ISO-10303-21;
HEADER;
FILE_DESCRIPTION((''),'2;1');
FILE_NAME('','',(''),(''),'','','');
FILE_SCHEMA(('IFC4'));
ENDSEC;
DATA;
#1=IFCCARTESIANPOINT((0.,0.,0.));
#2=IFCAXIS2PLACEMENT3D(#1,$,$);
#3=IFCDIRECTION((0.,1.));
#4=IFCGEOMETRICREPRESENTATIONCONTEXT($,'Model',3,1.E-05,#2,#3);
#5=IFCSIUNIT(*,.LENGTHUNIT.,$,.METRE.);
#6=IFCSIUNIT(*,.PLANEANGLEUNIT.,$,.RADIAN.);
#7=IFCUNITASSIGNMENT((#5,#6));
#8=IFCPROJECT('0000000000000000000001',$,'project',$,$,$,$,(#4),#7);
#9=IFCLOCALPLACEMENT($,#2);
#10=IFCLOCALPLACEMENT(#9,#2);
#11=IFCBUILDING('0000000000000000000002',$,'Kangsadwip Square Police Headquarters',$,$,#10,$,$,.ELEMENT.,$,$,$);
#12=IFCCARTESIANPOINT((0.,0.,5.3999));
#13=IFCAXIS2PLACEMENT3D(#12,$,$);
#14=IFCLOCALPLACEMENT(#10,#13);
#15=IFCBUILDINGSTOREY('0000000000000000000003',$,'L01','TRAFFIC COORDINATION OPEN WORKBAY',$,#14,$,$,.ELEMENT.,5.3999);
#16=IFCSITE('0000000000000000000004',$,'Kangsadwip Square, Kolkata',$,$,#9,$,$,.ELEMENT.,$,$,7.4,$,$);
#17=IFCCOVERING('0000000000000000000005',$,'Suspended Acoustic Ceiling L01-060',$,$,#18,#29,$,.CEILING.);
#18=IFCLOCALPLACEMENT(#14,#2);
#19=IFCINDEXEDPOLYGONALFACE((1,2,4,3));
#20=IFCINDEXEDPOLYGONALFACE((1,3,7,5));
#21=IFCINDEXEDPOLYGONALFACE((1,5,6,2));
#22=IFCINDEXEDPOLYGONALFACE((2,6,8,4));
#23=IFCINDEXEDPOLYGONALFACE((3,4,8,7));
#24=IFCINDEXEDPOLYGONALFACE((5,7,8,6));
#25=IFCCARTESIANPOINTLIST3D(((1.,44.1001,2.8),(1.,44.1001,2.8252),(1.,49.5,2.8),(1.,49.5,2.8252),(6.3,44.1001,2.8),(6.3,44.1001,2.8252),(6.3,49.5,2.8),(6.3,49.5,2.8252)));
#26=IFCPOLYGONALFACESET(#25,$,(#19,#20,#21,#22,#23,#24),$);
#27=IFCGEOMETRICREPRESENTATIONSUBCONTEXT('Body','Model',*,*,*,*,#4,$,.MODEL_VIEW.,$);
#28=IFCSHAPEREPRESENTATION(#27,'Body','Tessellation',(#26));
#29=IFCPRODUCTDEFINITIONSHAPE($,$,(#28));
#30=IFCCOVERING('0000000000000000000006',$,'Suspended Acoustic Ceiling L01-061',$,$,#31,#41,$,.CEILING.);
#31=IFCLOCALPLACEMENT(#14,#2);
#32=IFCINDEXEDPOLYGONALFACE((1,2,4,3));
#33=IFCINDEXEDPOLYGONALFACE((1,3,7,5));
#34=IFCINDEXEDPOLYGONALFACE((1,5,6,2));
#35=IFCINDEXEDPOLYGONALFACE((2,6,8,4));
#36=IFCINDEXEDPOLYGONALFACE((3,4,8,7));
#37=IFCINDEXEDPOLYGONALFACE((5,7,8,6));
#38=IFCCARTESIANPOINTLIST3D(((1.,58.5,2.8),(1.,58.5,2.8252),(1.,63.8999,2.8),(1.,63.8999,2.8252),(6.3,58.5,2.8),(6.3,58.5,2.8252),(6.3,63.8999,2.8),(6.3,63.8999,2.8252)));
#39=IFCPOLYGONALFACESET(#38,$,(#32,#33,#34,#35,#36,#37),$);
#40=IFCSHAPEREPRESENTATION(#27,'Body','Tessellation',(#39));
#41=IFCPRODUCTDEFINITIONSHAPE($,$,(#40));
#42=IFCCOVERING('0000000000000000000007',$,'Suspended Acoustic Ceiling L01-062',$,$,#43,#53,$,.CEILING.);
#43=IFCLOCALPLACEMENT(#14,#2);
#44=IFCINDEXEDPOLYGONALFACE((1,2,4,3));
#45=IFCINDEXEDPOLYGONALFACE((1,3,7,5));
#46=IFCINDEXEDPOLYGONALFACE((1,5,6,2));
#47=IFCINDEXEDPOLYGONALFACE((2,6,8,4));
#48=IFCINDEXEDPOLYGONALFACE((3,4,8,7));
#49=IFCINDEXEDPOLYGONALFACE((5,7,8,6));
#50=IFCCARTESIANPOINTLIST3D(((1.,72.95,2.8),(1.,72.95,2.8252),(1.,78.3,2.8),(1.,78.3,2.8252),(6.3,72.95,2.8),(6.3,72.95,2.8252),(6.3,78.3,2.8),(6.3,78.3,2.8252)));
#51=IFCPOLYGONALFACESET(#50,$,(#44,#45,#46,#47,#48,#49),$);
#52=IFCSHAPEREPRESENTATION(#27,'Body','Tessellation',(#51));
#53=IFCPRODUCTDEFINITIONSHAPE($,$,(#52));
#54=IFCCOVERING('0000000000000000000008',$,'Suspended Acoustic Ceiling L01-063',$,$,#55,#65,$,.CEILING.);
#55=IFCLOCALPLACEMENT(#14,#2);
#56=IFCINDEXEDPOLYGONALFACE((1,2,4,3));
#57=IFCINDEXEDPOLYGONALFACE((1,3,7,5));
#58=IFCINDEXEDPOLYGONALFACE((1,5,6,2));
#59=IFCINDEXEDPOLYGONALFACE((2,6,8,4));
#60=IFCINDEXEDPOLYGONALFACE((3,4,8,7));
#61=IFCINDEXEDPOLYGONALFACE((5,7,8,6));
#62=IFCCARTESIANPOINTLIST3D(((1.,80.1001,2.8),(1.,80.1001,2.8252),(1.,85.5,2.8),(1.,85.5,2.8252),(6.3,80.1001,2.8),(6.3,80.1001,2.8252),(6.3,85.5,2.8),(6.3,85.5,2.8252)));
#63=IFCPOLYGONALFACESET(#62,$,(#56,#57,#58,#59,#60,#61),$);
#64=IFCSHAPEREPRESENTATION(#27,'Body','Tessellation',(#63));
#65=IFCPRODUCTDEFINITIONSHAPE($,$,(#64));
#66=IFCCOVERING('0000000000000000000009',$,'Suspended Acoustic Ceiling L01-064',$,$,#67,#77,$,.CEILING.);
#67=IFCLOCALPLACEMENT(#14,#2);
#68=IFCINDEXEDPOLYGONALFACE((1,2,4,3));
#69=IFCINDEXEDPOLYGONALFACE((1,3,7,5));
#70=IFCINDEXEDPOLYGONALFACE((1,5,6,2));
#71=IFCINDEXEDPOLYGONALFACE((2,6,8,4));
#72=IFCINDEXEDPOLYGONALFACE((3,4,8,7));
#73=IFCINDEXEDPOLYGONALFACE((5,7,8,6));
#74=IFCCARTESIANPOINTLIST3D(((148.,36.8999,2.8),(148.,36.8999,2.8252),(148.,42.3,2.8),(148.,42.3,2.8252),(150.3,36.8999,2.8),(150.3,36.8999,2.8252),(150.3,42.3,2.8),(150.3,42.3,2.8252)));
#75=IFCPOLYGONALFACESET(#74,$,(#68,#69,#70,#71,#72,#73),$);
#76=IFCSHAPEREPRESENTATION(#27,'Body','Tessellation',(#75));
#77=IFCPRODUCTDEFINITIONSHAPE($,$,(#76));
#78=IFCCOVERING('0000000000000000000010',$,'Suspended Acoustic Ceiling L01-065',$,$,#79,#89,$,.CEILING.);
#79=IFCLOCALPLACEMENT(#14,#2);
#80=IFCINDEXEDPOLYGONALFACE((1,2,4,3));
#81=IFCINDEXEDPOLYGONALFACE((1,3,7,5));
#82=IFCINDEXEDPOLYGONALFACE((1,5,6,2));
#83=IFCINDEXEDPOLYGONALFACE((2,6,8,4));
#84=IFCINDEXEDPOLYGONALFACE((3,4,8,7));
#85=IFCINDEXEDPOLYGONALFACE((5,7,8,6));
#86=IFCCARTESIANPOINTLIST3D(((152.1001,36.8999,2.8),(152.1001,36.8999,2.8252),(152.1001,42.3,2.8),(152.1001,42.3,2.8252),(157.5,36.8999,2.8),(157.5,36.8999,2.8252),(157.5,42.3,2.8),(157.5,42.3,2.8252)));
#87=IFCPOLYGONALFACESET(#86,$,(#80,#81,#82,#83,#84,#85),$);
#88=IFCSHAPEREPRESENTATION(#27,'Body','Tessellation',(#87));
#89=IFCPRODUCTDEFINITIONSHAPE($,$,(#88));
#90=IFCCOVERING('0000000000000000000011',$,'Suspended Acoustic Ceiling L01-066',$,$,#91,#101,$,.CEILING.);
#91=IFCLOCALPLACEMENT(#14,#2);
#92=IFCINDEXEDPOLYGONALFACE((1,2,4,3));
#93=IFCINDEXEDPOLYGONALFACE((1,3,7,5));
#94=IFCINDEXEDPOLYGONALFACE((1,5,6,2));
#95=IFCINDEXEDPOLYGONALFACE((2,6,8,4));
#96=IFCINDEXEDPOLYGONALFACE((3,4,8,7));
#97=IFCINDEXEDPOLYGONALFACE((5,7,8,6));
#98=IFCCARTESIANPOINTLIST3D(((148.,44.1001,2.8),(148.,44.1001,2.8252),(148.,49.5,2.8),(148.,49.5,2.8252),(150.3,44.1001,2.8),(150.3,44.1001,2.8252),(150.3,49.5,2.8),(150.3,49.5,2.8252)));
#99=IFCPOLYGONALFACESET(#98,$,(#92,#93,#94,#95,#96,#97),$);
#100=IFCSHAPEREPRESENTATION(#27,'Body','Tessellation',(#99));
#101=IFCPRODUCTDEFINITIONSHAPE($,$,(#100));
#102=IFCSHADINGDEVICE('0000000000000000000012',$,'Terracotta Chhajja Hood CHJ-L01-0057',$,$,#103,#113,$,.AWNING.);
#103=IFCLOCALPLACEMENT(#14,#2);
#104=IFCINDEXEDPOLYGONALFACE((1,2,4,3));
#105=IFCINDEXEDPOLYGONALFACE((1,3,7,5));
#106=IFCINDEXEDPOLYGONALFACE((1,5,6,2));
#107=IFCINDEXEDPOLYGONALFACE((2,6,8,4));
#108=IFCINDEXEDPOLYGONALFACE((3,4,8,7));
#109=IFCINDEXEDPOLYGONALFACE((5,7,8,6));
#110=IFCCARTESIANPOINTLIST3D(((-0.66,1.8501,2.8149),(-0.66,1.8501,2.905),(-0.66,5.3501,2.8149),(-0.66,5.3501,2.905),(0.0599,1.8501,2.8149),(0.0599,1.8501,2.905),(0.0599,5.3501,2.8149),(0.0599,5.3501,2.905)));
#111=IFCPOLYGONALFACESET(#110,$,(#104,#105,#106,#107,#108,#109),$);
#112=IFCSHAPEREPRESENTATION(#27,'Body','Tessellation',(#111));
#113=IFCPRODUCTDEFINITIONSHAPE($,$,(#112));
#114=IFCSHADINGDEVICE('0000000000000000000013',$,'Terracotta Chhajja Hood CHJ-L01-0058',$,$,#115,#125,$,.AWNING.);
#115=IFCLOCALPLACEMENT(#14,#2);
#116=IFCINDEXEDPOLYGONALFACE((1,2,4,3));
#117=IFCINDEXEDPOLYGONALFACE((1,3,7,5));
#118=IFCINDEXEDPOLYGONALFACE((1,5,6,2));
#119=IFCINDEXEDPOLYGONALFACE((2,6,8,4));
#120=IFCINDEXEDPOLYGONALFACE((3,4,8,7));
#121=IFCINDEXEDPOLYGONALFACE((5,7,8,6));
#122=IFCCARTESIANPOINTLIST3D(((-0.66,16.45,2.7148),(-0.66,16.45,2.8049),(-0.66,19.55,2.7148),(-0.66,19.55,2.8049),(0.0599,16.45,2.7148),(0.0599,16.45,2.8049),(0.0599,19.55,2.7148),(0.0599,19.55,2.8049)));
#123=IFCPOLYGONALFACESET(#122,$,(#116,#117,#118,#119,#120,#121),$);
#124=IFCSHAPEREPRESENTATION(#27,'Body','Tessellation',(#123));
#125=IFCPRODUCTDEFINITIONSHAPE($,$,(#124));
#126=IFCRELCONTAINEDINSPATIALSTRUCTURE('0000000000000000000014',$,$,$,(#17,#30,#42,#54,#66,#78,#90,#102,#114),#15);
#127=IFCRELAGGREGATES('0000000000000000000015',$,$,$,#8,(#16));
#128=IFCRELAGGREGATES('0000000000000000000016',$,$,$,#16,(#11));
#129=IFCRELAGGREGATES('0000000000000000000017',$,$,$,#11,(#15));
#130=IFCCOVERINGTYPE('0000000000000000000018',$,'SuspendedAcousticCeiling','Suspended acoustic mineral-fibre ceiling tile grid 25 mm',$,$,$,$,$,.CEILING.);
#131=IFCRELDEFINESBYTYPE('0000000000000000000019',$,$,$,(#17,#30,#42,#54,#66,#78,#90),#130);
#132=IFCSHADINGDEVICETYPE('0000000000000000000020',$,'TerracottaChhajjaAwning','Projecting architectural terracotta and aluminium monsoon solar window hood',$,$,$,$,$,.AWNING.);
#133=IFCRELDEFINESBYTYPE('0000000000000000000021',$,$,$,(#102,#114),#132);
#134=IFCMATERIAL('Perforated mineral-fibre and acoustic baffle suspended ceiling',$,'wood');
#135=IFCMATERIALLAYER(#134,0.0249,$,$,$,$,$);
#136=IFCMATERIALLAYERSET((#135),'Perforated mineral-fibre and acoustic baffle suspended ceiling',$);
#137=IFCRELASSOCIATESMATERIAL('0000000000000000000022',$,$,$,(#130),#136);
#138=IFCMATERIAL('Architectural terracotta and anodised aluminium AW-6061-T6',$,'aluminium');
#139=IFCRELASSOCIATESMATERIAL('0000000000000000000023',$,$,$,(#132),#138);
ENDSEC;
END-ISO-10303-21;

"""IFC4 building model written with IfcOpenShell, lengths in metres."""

from ifc_helpers import new_model, si_unit, direction, frame, origin, origin_2d, place, context, subcontext, project, spatial, polyline, rectangle, outline, extrude, material, layer, layer_set, type_object, element, save


model = new_model("IFC4")

# Units and contexts
model_context = context("Model", 3, precision=1e-05, world=origin(), true_north=direction((0.0, 1.0)))
body_context = subcontext(model_context, "Body", "Model", "MODEL_VIEW")
ifc_project = project(units=[si_unit("LENGTHUNIT", "METRE"), si_unit("PLANEANGLEUNIT", "RADIAN")], contexts=[model_context])

# Site, building, storey
site_placement = place(None, origin())
site = spatial("IfcSite", under=ifc_project, at=site_placement, Name="Kangsadwip Square, Kolkata", CompositionType="ELEMENT", RefElevation=7.4)
building_placement = place(site_placement, origin())
building = spatial("IfcBuilding", under=site, at=building_placement, Name="Kangsadwip Square Police Headquarters", CompositionType="ELEMENT")
storey_placement = place(building_placement, frame((0.0, 0.0, 5.3999)))
storey = spatial("IfcBuildingStorey", under=building, at=storey_placement, Name="L01", Description="TRAFFIC COORDINATION OPEN WORKBAY", CompositionType="ELEMENT", Elevation=5.3999)

# Coverings
ifc_material_1 = material(Name="Perforated mineral-fibre and acoustic baffle suspended ceiling", Category="wood")
ifc_layer_1 = layer(ifc_material_1, 0.0249)
ifc_layer_set_1 = layer_set([ifc_layer_1], Name="Perforated mineral-fibre and acoustic baffle suspended ceiling")
covering_type_1 = type_object("IfcCoveringType", Name="SuspendedAcousticCeiling", Description="Suspended acoustic mineral-fibre ceiling tile grid 25 mm", PredefinedType="CEILING", material=ifc_layer_set_1)
covering_1_placement = place(storey_placement, frame((0.0, 0.0, 2.8)))
element("IfcCovering", 1, at=covering_1_placement, inside=storey, type_object=covering_type_1, Name="Suspended Acoustic Ceiling L01-060", PredefinedType="CEILING", context=body_context, shape_type="SweptSolid", body=[
    extrude(outline(polyline([(1.0, 44.1001), (6.3, 44.1001), (6.3, 49.5), (1.0, 49.5), (1.0, 44.1001)])), origin(), (0.0, 0.0, 1.0), 0.0251),
])
covering_2_placement = place(storey_placement, frame((0.0, 0.0, 2.8)))
element("IfcCovering", 2, at=covering_2_placement, inside=storey, type_object=covering_type_1, Name="Suspended Acoustic Ceiling L01-061", PredefinedType="CEILING", context=body_context, shape_type="SweptSolid", body=[
    extrude(outline(polyline([(1.0, 58.5), (6.3, 58.5), (6.3, 63.8999), (1.0, 63.8999), (1.0, 58.5)])), origin(), (0.0, 0.0, 1.0), 0.0251),
])
covering_3_placement = place(storey_placement, frame((0.0, 0.0, 2.8)))
element("IfcCovering", 3, at=covering_3_placement, inside=storey, type_object=covering_type_1, Name="Suspended Acoustic Ceiling L01-062", PredefinedType="CEILING", context=body_context, shape_type="SweptSolid", body=[
    extrude(outline(polyline([(1.0, 72.95), (6.3, 72.95), (6.3, 78.3), (1.0, 78.3), (1.0, 72.95)])), origin(), (0.0, 0.0, 1.0), 0.0251),
])
covering_4_placement = place(storey_placement, frame((0.0, 0.0, 2.8)))
element("IfcCovering", 4, at=covering_4_placement, inside=storey, type_object=covering_type_1, Name="Suspended Acoustic Ceiling L01-063", PredefinedType="CEILING", context=body_context, shape_type="SweptSolid", body=[
    extrude(outline(polyline([(1.0, 80.1001), (6.3, 80.1001), (6.3, 85.5), (1.0, 85.5), (1.0, 80.1001)])), origin(), (0.0, 0.0, 1.0), 0.0251),
])
covering_5_placement = place(storey_placement, frame((0.0, 0.0, 2.8)))
element("IfcCovering", 5, at=covering_5_placement, inside=storey, type_object=covering_type_1, Name="Suspended Acoustic Ceiling L01-064", PredefinedType="CEILING", context=body_context, shape_type="SweptSolid", body=[
    extrude(outline(polyline([(148.0, 36.8999), (150.3, 36.8999), (150.3, 42.3), (148.0, 42.3), (148.0, 36.8999)])), origin(), (0.0, 0.0, 1.0), 0.0251),
])
covering_6_placement = place(storey_placement, frame((0.0, 0.0, 2.8)))
element("IfcCovering", 6, at=covering_6_placement, inside=storey, type_object=covering_type_1, Name="Suspended Acoustic Ceiling L01-065", PredefinedType="CEILING", context=body_context, shape_type="SweptSolid", body=[
    extrude(outline(polyline([(152.1001, 36.8999), (157.5, 36.8999), (157.5, 42.3), (152.1001, 42.3), (152.1001, 36.8999)])), origin(), (0.0, 0.0, 1.0), 0.0251),
])
covering_7_placement = place(storey_placement, frame((0.0, 0.0, 2.8)))
element("IfcCovering", 7, at=covering_7_placement, inside=storey, type_object=covering_type_1, Name="Suspended Acoustic Ceiling L01-066", PredefinedType="CEILING", context=body_context, shape_type="SweptSolid", body=[
    extrude(outline(polyline([(148.0, 44.1001), (150.3, 44.1001), (150.3, 49.5), (148.0, 49.5), (148.0, 44.1001)])), origin(), (0.0, 0.0, 1.0), 0.0251),
])

# Shading devices
ifc_material_2 = material(Name="Architectural terracotta and anodised aluminium AW-6061-T6", Category="aluminium")
shading_device_type = type_object("IfcShadingDeviceType", Name="TerracottaChhajjaAwning", Description="Projecting architectural terracotta and aluminium monsoon solar window hood", PredefinedType="AWNING", material=ifc_material_2)
shading_device_1_placement = place(storey_placement, frame((-0.3, 3.6001, 2.8149), z_axis=(0.0, 0.0, 1.0), x_axis=(0.0, 1.0, 0.0)))
element("IfcShadingDevice", 8, at=shading_device_1_placement, inside=storey, type_object=shading_device_type, Name="Terracotta Chhajja Hood CHJ-L01-0057", PredefinedType="AWNING", context=body_context, shape_type="SweptSolid", body=[
    extrude(rectangle(XDim=3.5, YDim=0.72, at=origin_2d()), origin(), (0.0, 0.0, 1.0), 0.0901),
])
shading_device_2_placement = place(storey_placement, frame((-0.3, 18.0, 2.7148), z_axis=(0.0, 0.0, 1.0), x_axis=(0.0, 1.0, 0.0)))
element("IfcShadingDevice", 9, at=shading_device_2_placement, inside=storey, type_object=shading_device_type, Name="Terracotta Chhajja Hood CHJ-L01-0058", PredefinedType="AWNING", context=body_context, shape_type="SweptSolid", body=[
    extrude(rectangle(XDim=3.1001, YDim=0.72, at=origin_2d()), origin(), (0.0, 0.0, 1.0), 0.0901),
])

save(model, "model.ifc")
